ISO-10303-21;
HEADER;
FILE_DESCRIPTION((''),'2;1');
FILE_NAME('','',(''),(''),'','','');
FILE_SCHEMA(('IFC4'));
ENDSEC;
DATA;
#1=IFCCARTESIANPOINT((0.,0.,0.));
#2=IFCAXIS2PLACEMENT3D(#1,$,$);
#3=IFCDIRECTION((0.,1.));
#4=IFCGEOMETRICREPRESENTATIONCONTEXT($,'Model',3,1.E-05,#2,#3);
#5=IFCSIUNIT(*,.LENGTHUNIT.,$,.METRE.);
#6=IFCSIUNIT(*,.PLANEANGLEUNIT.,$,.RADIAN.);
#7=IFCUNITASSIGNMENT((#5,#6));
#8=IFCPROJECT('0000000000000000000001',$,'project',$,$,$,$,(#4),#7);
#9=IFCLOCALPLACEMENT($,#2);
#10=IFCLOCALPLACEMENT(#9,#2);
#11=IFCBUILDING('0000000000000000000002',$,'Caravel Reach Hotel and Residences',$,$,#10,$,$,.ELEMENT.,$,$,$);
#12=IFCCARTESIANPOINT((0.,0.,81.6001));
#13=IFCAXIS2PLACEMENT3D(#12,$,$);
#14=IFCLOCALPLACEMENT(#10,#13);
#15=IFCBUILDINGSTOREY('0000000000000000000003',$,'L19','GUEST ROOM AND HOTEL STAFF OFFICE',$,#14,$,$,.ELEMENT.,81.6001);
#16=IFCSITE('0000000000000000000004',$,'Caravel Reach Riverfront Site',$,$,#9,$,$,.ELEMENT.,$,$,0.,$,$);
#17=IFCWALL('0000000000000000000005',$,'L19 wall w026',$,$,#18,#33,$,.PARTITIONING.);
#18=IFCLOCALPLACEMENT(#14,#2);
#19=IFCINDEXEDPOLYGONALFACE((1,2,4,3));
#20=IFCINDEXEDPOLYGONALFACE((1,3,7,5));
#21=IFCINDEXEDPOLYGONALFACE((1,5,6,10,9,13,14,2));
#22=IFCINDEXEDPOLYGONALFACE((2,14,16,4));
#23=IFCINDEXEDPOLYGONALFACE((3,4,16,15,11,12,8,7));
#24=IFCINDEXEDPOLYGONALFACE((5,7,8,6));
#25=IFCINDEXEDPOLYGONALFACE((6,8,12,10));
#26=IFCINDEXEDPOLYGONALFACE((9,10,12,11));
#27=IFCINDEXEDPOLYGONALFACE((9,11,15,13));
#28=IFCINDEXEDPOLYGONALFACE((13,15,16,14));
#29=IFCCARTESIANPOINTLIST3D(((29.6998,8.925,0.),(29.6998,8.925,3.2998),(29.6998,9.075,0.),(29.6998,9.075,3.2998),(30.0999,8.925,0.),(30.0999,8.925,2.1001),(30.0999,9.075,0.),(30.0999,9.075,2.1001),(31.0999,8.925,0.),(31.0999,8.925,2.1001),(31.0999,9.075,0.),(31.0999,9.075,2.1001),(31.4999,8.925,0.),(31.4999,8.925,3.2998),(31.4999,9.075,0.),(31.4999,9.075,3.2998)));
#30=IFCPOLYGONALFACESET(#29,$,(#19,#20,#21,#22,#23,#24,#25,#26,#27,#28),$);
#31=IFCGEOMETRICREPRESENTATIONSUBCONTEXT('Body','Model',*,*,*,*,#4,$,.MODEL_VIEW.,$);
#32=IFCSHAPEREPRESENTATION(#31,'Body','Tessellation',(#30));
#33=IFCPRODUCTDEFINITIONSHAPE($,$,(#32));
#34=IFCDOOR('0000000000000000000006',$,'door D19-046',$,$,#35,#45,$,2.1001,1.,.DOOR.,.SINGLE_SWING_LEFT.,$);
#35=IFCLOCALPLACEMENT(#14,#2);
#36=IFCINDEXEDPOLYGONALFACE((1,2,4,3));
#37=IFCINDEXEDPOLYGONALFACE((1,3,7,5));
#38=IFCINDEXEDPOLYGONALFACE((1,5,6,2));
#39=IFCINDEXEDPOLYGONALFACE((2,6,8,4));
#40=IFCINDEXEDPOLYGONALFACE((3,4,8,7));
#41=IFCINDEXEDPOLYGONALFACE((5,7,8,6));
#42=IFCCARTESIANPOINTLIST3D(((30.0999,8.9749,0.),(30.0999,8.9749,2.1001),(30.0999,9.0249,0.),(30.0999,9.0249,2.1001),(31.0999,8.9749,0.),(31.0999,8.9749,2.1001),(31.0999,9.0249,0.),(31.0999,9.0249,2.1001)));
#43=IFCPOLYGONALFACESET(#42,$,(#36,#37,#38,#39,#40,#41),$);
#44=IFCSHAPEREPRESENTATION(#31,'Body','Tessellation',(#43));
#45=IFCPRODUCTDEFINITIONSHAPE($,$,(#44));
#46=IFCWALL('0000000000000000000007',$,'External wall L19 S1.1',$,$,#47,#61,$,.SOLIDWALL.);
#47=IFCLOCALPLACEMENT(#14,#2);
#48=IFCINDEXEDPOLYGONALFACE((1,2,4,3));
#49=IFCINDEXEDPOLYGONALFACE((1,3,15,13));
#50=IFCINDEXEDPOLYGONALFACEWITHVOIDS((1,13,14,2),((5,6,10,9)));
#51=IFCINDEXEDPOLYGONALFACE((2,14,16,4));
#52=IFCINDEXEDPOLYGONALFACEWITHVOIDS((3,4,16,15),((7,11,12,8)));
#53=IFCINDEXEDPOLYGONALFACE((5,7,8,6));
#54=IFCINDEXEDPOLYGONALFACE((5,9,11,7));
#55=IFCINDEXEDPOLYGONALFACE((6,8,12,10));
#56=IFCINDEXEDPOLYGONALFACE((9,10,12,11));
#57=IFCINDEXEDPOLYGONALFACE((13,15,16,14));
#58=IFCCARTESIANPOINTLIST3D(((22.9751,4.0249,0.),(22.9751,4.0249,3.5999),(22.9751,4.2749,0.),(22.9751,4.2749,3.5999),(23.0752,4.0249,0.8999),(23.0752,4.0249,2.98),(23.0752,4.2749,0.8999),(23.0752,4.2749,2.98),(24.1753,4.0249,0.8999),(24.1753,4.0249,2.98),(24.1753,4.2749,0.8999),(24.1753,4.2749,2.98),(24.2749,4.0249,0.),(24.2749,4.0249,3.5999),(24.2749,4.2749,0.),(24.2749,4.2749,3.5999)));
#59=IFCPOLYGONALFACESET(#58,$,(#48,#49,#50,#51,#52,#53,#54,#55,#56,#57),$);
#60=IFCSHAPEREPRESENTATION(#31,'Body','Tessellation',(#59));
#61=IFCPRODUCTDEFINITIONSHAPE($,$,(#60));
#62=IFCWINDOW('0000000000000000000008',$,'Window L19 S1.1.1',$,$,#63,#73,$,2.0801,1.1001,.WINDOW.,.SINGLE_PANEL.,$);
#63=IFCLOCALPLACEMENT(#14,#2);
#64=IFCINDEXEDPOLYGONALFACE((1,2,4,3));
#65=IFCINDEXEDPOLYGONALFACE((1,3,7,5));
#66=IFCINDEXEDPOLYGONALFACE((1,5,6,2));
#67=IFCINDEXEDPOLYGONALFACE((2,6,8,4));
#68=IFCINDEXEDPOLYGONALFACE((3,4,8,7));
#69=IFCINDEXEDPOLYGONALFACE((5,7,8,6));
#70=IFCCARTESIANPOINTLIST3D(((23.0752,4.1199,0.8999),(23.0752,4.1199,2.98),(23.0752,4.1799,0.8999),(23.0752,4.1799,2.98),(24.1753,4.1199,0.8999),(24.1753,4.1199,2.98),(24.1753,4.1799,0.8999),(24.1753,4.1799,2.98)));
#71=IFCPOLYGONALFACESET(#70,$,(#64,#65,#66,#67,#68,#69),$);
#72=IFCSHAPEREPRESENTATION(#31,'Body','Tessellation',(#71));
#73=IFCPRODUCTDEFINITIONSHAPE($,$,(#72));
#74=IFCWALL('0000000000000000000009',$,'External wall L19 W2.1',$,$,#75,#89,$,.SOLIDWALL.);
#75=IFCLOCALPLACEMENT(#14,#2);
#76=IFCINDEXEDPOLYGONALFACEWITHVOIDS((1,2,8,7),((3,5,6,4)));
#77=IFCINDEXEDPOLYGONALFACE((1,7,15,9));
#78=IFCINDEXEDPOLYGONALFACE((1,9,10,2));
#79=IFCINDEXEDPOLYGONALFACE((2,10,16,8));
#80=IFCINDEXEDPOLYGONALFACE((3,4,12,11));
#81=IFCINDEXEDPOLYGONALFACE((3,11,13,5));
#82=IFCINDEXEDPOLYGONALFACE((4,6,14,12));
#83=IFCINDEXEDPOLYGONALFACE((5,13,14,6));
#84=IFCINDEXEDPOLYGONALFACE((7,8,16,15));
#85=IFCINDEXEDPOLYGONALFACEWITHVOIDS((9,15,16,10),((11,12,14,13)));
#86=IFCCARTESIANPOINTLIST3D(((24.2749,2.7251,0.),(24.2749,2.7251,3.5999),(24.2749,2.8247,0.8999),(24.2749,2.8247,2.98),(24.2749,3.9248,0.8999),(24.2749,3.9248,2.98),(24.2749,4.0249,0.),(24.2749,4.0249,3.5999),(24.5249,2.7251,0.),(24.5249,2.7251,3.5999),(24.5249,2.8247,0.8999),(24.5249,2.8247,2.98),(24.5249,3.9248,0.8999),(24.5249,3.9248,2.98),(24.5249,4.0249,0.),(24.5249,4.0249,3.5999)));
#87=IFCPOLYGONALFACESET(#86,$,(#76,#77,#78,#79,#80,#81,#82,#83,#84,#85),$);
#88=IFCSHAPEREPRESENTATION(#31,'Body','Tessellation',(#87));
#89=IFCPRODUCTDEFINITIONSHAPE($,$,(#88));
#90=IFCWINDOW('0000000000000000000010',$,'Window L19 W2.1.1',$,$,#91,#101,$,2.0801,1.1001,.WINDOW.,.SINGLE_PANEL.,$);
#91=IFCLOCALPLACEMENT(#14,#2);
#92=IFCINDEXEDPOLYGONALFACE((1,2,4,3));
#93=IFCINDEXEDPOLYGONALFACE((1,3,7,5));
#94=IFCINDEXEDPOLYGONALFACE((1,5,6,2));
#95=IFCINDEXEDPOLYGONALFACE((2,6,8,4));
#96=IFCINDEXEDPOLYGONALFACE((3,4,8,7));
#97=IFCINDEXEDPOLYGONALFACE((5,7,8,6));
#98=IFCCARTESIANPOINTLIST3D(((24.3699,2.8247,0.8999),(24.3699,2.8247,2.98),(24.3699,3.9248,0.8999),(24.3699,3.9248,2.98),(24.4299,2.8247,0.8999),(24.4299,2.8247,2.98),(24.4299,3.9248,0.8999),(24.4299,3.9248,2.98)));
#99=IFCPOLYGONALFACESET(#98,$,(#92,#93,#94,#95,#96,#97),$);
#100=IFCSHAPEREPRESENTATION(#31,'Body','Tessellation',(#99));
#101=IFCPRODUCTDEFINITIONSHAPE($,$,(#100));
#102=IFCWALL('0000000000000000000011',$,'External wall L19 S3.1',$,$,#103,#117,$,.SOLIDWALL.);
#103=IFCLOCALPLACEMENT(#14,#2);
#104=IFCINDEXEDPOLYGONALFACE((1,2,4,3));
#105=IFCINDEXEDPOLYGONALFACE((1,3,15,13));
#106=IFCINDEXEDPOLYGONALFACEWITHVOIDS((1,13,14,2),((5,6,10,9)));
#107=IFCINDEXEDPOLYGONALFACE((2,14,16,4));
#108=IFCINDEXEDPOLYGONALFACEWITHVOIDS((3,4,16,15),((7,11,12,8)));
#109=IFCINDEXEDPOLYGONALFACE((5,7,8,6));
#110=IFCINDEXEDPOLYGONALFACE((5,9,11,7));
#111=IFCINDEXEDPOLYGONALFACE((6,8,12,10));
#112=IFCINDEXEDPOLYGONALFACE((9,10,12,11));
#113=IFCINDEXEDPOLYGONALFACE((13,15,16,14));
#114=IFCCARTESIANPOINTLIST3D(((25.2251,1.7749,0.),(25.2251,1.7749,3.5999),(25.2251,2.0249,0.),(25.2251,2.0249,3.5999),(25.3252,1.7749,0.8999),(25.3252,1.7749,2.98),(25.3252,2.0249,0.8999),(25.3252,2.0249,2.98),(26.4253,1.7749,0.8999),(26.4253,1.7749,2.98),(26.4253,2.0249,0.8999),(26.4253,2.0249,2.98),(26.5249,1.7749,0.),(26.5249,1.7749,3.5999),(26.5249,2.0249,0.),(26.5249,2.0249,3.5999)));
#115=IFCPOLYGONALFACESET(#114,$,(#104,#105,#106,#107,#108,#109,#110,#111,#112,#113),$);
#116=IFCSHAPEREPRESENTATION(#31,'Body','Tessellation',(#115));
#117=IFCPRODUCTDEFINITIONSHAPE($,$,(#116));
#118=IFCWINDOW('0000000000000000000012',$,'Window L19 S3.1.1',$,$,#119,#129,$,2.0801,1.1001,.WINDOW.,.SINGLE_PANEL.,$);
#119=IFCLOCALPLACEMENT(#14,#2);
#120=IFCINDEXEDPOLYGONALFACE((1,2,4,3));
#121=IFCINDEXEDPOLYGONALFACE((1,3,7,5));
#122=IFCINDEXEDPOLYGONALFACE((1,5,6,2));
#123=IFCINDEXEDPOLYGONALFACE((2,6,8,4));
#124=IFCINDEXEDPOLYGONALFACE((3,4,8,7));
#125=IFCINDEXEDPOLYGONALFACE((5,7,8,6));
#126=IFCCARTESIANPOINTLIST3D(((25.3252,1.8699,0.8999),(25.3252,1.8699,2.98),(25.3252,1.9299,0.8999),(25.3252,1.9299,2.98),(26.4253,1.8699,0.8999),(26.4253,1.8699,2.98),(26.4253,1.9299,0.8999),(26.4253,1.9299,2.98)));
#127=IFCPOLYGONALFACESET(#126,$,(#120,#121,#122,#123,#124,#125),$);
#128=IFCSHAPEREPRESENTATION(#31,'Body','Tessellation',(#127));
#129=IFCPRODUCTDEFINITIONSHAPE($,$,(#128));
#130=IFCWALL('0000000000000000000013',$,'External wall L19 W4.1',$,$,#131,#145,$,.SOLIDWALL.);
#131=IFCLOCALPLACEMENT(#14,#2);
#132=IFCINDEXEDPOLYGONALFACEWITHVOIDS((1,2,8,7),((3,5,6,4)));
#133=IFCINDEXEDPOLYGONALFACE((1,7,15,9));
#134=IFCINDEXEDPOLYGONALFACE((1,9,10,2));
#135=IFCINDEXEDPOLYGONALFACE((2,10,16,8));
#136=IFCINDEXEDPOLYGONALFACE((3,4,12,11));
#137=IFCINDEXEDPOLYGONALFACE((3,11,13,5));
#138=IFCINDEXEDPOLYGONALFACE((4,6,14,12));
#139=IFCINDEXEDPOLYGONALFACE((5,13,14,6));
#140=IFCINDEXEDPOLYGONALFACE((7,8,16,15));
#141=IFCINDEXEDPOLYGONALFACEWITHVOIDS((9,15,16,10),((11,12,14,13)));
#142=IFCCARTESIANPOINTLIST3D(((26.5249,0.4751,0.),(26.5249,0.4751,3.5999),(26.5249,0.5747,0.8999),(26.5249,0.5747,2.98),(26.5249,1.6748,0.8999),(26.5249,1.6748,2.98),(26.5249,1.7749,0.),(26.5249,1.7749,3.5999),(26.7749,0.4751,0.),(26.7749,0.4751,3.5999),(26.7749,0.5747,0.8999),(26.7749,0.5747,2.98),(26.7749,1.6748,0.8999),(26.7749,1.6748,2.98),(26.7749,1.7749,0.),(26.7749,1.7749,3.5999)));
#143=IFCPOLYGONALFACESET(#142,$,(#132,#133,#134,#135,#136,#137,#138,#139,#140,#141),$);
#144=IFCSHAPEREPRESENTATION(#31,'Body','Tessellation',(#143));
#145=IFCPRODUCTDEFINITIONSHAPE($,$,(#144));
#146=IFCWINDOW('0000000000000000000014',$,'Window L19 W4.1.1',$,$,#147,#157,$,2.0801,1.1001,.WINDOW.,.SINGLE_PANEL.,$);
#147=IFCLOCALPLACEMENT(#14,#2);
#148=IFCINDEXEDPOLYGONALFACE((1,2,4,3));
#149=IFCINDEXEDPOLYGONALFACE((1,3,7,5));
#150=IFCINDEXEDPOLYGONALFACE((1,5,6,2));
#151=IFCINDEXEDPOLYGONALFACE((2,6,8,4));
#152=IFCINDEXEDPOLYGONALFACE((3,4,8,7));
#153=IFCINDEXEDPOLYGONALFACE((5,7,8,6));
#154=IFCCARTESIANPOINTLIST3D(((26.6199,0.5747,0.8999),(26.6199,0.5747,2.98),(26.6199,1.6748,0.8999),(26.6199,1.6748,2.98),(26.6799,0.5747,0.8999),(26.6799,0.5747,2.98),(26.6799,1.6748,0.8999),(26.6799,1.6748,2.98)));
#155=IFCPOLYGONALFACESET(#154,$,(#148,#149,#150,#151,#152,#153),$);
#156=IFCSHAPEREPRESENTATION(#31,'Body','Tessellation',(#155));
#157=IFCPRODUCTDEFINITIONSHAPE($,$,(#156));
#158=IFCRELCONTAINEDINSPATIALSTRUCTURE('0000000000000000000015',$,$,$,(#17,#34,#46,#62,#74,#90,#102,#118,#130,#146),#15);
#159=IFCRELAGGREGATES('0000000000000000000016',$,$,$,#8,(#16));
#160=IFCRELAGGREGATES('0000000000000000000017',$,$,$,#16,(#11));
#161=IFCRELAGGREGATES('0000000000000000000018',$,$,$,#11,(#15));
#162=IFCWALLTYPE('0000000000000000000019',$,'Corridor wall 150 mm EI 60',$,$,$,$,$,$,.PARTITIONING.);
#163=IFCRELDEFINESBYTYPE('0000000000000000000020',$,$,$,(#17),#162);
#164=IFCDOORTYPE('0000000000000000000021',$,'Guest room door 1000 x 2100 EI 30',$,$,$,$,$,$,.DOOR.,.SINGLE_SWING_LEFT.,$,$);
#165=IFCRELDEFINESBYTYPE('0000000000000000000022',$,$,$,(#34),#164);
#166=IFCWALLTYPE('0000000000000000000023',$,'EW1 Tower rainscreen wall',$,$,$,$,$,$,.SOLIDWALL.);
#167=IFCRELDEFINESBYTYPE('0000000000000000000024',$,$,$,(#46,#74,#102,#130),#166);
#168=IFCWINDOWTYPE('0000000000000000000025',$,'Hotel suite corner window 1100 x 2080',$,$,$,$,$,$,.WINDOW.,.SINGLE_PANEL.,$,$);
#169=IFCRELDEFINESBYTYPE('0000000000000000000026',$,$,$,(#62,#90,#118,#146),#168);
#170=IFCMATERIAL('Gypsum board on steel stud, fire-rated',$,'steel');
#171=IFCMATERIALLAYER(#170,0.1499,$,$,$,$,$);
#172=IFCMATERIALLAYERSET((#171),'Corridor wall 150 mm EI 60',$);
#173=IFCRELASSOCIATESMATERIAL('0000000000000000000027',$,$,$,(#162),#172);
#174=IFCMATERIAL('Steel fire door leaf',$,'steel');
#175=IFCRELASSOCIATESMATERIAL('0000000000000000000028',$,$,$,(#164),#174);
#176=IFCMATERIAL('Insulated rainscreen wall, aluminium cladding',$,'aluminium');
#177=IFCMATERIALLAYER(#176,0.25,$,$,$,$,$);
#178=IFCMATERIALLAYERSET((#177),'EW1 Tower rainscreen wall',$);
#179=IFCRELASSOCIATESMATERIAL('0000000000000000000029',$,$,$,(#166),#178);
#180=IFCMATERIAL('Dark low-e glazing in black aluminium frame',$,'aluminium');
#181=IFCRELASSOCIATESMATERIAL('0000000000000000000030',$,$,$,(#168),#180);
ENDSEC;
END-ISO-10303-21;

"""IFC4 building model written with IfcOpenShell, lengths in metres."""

from ifc_helpers import new_model, si_unit, direction, frame, frame_2d, origin, place, context, subcontext, project, spatial, rectangle, extrude, material, layer, layer_set, type_object, element, fill, save


model = new_model("IFC4")

# Units and contexts
model_context = context("Model", 3, precision=1e-05, world=origin(), true_north=direction((0.0, 1.0)))
body_context = subcontext(model_context, "Body", "Model", "MODEL_VIEW")
ifc_project = project(units=[si_unit("LENGTHUNIT", "METRE"), si_unit("PLANEANGLEUNIT", "RADIAN")], contexts=[model_context])

# Site, building, storey
site_placement = place(None, origin())
site = spatial("IfcSite", under=ifc_project, at=site_placement, Name="Caravel Reach Riverfront Site", CompositionType="ELEMENT", RefElevation=0.0)
building_placement = place(site_placement, origin())
building = spatial("IfcBuilding", under=site, at=building_placement, Name="Caravel Reach Hotel and Residences", CompositionType="ELEMENT")
storey_placement = place(building_placement, frame((0.0, 0.0, 81.6001)))
storey = spatial("IfcBuildingStorey", under=building, at=storey_placement, Name="L19", Description="GUEST ROOM AND HOTEL STAFF OFFICE", CompositionType="ELEMENT", Elevation=81.6001)

# Wall, opening, door
ifc_material_1 = material(Name="Gypsum board on steel stud, fire-rated", Category="steel")
ifc_layer_1 = layer(ifc_material_1, 0.1499)
ifc_layer_set_1 = layer_set([ifc_layer_1], Name="Corridor wall 150 mm EI 60")
wall_type_1 = type_object("IfcWallType", Name="Corridor wall 150 mm EI 60", PredefinedType="PARTITIONING", material=ifc_layer_set_1)
wall_1_placement = place(storey_placement, frame((29.7, 9.0, 0.0), z_axis=(0.0, 0.0, 1.0), x_axis=(1.0, 0.0, 0.0)))
wall_1 = element("IfcWall", 1, at=wall_1_placement, inside=storey, type_object=wall_type_1, Name="L19 wall w026", PredefinedType="PARTITIONING", context=body_context, shape_type="SweptSolid", body=[
    extrude(rectangle(XDim=1.8, YDim=0.1499, at=frame_2d((0.8999, 0.0))), origin(), (0.0, 0.0, 1.0), 3.2998),
])
opening_1_placement = place(wall_1_placement, frame((0.3999, 0.0, 0.0)))
opening_1 = element("IfcOpeningElement", 2, at=opening_1_placement, cuts=wall_1, PredefinedType="OPENING", context=body_context, shape_type="SweptSolid", body=[
    extrude(rectangle(XDim=1.0, YDim=2.1001, at=frame_2d((0.5, 1.05))), frame((0.0, 0.085, 0.0), z_axis=(0.0, -1.0, 0.0), x_axis=(1.0, 0.0, 0.0)), (0.0, 0.0, 1.0), 0.1699),
])
ifc_material_2 = material(Name="Steel fire door leaf", Category="steel")
door_type_1 = type_object("IfcDoorType", Name="Guest room door 1000 x 2100 EI 30", OperationType="SINGLE_SWING_LEFT", PredefinedType="DOOR", material=ifc_material_2)
door_1_placement = place(opening_1_placement, origin())
door_1 = element("IfcDoor", 3, at=door_1_placement, inside=storey, type_object=door_type_1, Name="door D19-046", OperationType="SINGLE_SWING_LEFT", OverallHeight=2.1001, OverallWidth=1.0, PredefinedType="DOOR", context=body_context, shape_type="SweptSolid", body=[
    extrude(rectangle(XDim=1.0, YDim=2.1001, at=frame_2d((0.5, 1.05))), frame((0.0, 0.0249, 0.0), z_axis=(0.0, -1.0, 0.0), x_axis=(1.0, 0.0, 0.0)), (0.0, 0.0, 1.0), 0.05),
])
fill(opening_1, door_1)

# Walls, openings, windows
ifc_material_3 = material(Name="Insulated rainscreen wall, aluminium cladding", Category="aluminium")
ifc_layer_2 = layer(ifc_material_3, 0.25)
ifc_layer_set_2 = layer_set([ifc_layer_2], Name="EW1 Tower rainscreen wall")
wall_type_2 = type_object("IfcWallType", Name="EW1 Tower rainscreen wall", PredefinedType="SOLIDWALL", material=ifc_layer_set_2)
wall_2_placement = place(storey_placement, frame((22.9751, 4.1499, 0.0), z_axis=(0.0, 0.0, 1.0), x_axis=(1.0, 0.0, 0.0)))
wall_2 = element("IfcWall", 4, at=wall_2_placement, inside=storey, type_object=wall_type_2, Name="External wall L19 S1.1", PredefinedType="SOLIDWALL", context=body_context, shape_type="SweptSolid", body=[
    extrude(rectangle(XDim=1.2998, YDim=0.25, at=frame_2d((0.6499, 0.0))), origin(), (0.0, 0.0, 1.0), 3.5999),
])
opening_2_placement = place(wall_2_placement, frame((0.1001, 0.0, 0.8999)))
opening_2 = element("IfcOpeningElement", 5, at=opening_2_placement, cuts=wall_2, PredefinedType="OPENING", context=body_context, shape_type="SweptSolid", body=[
    extrude(rectangle(XDim=1.1001, YDim=2.0801, at=frame_2d((0.55, 1.04))), frame((0.0, 0.135, 0.0), z_axis=(0.0, -1.0, 0.0), x_axis=(1.0, 0.0, 0.0)), (0.0, 0.0, 1.0), 0.27),
])
ifc_material_4 = material(Name="Dark low-e glazing in black aluminium frame", Category="aluminium")
window_type_1 = type_object("IfcWindowType", Name="Hotel suite corner window 1100 x 2080", PartitioningType="SINGLE_PANEL", PredefinedType="WINDOW", material=ifc_material_4)
window_1_placement = place(opening_2_placement, origin())
window_1 = element("IfcWindow", 6, at=window_1_placement, inside=storey, type_object=window_type_1, Name="Window L19 S1.1.1", OverallHeight=2.0801, OverallWidth=1.1001, PartitioningType="SINGLE_PANEL", PredefinedType="WINDOW", context=body_context, shape_type="SweptSolid", body=[
    extrude(rectangle(XDim=1.1001, YDim=2.0801, at=frame_2d((0.55, 1.04))), frame((0.0, 0.03, 0.0), z_axis=(0.0, -1.0, 0.0), x_axis=(1.0, 0.0, 0.0)), (0.0, 0.0, 1.0), 0.0601),
])
fill(opening_2, window_1)
wall_3_placement = place(storey_placement, frame((24.3999, 4.0249, 0.0), z_axis=(0.0, 0.0, 1.0), x_axis=(0.0, -1.0, 0.0)))
wall_3 = element("IfcWall", 7, at=wall_3_placement, inside=storey, type_object=wall_type_2, Name="External wall L19 W2.1", PredefinedType="SOLIDWALL", context=body_context, shape_type="SweptSolid", body=[
    extrude(rectangle(XDim=1.2998, YDim=0.25, at=frame_2d((0.6499, 0.0))), origin(), (0.0, 0.0, 1.0), 3.5999),
])
opening_3_placement = place(wall_3_placement, frame((0.1001, 0.0, 0.8999)))
opening_3 = element("IfcOpeningElement", 8, at=opening_3_placement, cuts=wall_3, PredefinedType="OPENING", context=body_context, shape_type="SweptSolid", body=[
    extrude(rectangle(XDim=1.1001, YDim=2.0801, at=frame_2d((0.55, 1.04))), frame((0.0, 0.135, 0.0), z_axis=(0.0, -1.0, 0.0), x_axis=(1.0, 0.0, 0.0)), (0.0, 0.0, 1.0), 0.27),
])
window_2_placement = place(opening_3_placement, origin())
window_2 = element("IfcWindow", 9, at=window_2_placement, inside=storey, type_object=window_type_1, Name="Window L19 W2.1.1", OverallHeight=2.0801, OverallWidth=1.1001, PartitioningType="SINGLE_PANEL", PredefinedType="WINDOW", context=body_context, shape_type="SweptSolid", body=[
    extrude(rectangle(XDim=1.1001, YDim=2.0801, at=frame_2d((0.55, 1.04))), frame((0.0, 0.03, 0.0), z_axis=(0.0, -1.0, 0.0), x_axis=(1.0, 0.0, 0.0)), (0.0, 0.0, 1.0), 0.0601),
])
fill(opening_3, window_2)
wall_4_placement = place(storey_placement, frame((25.2251, 1.8999, 0.0), z_axis=(0.0, 0.0, 1.0), x_axis=(1.0, 0.0, 0.0)))
wall_4 = element("IfcWall", 10, at=wall_4_placement, inside=storey, type_object=wall_type_2, Name="External wall L19 S3.1", PredefinedType="SOLIDWALL", context=body_context, shape_type="SweptSolid", body=[
    extrude(rectangle(XDim=1.2998, YDim=0.25, at=frame_2d((0.6499, 0.0))), origin(), (0.0, 0.0, 1.0), 3.5999),
])
opening_4_placement = place(wall_4_placement, frame((0.1001, 0.0, 0.8999)))
opening_4 = element("IfcOpeningElement", 11, at=opening_4_placement, cuts=wall_4, PredefinedType="OPENING", context=body_context, shape_type="SweptSolid", body=[
    extrude(rectangle(XDim=1.1001, YDim=2.0801, at=frame_2d((0.55, 1.04))), frame((0.0, 0.135, 0.0), z_axis=(0.0, -1.0, 0.0), x_axis=(1.0, 0.0, 0.0)), (0.0, 0.0, 1.0), 0.27),
])
window_3_placement = place(opening_4_placement, origin())
window_3 = element("IfcWindow", 12, at=window_3_placement, inside=storey, type_object=window_type_1, Name="Window L19 S3.1.1", OverallHeight=2.0801, OverallWidth=1.1001, PartitioningType="SINGLE_PANEL", PredefinedType="WINDOW", context=body_context, shape_type="SweptSolid", body=[
    extrude(rectangle(XDim=1.1001, YDim=2.0801, at=frame_2d((0.55, 1.04))), frame((0.0, 0.03, 0.0), z_axis=(0.0, -1.0, 0.0), x_axis=(1.0, 0.0, 0.0)), (0.0, 0.0, 1.0), 0.0601),
])
fill(opening_4, window_3)
wall_5_placement = place(storey_placement, frame((26.6499, 1.7749, 0.0), z_axis=(0.0, 0.0, 1.0), x_axis=(0.0, -1.0, 0.0)))
wall_5 = element("IfcWall", 13, at=wall_5_placement, inside=storey, type_object=wall_type_2, Name="External wall L19 W4.1", PredefinedType="SOLIDWALL", context=body_context, shape_type="SweptSolid", body=[
    extrude(rectangle(XDim=1.2998, YDim=0.25, at=frame_2d((0.6499, 0.0))), origin(), (0.0, 0.0, 1.0), 3.5999),
])
opening_5_placement = place(wall_5_placement, frame((0.1001, 0.0, 0.8999)))
opening_5 = element("IfcOpeningElement", 14, at=opening_5_placement, cuts=wall_5, PredefinedType="OPENING", context=body_context, shape_type="SweptSolid", body=[
    extrude(rectangle(XDim=1.1001, YDim=2.0801, at=frame_2d((0.55, 1.04))), frame((0.0, 0.135, 0.0), z_axis=(0.0, -1.0, 0.0), x_axis=(1.0, 0.0, 0.0)), (0.0, 0.0, 1.0), 0.27),
])
window_4_placement = place(opening_5_placement, origin())
window_4 = element("IfcWindow", 15, at=window_4_placement, inside=storey, type_object=window_type_1, Name="Window L19 W4.1.1", OverallHeight=2.0801, OverallWidth=1.1001, PartitioningType="SINGLE_PANEL", PredefinedType="WINDOW", context=body_context, shape_type="SweptSolid", body=[
    extrude(rectangle(XDim=1.1001, YDim=2.0801, at=frame_2d((0.55, 1.04))), frame((0.0, 0.03, 0.0), z_axis=(0.0, -1.0, 0.0), x_axis=(1.0, 0.0, 0.0)), (0.0, 0.0, 1.0), 0.0601),
])
fill(opening_5, window_4)

save(model, "model.ifc")
